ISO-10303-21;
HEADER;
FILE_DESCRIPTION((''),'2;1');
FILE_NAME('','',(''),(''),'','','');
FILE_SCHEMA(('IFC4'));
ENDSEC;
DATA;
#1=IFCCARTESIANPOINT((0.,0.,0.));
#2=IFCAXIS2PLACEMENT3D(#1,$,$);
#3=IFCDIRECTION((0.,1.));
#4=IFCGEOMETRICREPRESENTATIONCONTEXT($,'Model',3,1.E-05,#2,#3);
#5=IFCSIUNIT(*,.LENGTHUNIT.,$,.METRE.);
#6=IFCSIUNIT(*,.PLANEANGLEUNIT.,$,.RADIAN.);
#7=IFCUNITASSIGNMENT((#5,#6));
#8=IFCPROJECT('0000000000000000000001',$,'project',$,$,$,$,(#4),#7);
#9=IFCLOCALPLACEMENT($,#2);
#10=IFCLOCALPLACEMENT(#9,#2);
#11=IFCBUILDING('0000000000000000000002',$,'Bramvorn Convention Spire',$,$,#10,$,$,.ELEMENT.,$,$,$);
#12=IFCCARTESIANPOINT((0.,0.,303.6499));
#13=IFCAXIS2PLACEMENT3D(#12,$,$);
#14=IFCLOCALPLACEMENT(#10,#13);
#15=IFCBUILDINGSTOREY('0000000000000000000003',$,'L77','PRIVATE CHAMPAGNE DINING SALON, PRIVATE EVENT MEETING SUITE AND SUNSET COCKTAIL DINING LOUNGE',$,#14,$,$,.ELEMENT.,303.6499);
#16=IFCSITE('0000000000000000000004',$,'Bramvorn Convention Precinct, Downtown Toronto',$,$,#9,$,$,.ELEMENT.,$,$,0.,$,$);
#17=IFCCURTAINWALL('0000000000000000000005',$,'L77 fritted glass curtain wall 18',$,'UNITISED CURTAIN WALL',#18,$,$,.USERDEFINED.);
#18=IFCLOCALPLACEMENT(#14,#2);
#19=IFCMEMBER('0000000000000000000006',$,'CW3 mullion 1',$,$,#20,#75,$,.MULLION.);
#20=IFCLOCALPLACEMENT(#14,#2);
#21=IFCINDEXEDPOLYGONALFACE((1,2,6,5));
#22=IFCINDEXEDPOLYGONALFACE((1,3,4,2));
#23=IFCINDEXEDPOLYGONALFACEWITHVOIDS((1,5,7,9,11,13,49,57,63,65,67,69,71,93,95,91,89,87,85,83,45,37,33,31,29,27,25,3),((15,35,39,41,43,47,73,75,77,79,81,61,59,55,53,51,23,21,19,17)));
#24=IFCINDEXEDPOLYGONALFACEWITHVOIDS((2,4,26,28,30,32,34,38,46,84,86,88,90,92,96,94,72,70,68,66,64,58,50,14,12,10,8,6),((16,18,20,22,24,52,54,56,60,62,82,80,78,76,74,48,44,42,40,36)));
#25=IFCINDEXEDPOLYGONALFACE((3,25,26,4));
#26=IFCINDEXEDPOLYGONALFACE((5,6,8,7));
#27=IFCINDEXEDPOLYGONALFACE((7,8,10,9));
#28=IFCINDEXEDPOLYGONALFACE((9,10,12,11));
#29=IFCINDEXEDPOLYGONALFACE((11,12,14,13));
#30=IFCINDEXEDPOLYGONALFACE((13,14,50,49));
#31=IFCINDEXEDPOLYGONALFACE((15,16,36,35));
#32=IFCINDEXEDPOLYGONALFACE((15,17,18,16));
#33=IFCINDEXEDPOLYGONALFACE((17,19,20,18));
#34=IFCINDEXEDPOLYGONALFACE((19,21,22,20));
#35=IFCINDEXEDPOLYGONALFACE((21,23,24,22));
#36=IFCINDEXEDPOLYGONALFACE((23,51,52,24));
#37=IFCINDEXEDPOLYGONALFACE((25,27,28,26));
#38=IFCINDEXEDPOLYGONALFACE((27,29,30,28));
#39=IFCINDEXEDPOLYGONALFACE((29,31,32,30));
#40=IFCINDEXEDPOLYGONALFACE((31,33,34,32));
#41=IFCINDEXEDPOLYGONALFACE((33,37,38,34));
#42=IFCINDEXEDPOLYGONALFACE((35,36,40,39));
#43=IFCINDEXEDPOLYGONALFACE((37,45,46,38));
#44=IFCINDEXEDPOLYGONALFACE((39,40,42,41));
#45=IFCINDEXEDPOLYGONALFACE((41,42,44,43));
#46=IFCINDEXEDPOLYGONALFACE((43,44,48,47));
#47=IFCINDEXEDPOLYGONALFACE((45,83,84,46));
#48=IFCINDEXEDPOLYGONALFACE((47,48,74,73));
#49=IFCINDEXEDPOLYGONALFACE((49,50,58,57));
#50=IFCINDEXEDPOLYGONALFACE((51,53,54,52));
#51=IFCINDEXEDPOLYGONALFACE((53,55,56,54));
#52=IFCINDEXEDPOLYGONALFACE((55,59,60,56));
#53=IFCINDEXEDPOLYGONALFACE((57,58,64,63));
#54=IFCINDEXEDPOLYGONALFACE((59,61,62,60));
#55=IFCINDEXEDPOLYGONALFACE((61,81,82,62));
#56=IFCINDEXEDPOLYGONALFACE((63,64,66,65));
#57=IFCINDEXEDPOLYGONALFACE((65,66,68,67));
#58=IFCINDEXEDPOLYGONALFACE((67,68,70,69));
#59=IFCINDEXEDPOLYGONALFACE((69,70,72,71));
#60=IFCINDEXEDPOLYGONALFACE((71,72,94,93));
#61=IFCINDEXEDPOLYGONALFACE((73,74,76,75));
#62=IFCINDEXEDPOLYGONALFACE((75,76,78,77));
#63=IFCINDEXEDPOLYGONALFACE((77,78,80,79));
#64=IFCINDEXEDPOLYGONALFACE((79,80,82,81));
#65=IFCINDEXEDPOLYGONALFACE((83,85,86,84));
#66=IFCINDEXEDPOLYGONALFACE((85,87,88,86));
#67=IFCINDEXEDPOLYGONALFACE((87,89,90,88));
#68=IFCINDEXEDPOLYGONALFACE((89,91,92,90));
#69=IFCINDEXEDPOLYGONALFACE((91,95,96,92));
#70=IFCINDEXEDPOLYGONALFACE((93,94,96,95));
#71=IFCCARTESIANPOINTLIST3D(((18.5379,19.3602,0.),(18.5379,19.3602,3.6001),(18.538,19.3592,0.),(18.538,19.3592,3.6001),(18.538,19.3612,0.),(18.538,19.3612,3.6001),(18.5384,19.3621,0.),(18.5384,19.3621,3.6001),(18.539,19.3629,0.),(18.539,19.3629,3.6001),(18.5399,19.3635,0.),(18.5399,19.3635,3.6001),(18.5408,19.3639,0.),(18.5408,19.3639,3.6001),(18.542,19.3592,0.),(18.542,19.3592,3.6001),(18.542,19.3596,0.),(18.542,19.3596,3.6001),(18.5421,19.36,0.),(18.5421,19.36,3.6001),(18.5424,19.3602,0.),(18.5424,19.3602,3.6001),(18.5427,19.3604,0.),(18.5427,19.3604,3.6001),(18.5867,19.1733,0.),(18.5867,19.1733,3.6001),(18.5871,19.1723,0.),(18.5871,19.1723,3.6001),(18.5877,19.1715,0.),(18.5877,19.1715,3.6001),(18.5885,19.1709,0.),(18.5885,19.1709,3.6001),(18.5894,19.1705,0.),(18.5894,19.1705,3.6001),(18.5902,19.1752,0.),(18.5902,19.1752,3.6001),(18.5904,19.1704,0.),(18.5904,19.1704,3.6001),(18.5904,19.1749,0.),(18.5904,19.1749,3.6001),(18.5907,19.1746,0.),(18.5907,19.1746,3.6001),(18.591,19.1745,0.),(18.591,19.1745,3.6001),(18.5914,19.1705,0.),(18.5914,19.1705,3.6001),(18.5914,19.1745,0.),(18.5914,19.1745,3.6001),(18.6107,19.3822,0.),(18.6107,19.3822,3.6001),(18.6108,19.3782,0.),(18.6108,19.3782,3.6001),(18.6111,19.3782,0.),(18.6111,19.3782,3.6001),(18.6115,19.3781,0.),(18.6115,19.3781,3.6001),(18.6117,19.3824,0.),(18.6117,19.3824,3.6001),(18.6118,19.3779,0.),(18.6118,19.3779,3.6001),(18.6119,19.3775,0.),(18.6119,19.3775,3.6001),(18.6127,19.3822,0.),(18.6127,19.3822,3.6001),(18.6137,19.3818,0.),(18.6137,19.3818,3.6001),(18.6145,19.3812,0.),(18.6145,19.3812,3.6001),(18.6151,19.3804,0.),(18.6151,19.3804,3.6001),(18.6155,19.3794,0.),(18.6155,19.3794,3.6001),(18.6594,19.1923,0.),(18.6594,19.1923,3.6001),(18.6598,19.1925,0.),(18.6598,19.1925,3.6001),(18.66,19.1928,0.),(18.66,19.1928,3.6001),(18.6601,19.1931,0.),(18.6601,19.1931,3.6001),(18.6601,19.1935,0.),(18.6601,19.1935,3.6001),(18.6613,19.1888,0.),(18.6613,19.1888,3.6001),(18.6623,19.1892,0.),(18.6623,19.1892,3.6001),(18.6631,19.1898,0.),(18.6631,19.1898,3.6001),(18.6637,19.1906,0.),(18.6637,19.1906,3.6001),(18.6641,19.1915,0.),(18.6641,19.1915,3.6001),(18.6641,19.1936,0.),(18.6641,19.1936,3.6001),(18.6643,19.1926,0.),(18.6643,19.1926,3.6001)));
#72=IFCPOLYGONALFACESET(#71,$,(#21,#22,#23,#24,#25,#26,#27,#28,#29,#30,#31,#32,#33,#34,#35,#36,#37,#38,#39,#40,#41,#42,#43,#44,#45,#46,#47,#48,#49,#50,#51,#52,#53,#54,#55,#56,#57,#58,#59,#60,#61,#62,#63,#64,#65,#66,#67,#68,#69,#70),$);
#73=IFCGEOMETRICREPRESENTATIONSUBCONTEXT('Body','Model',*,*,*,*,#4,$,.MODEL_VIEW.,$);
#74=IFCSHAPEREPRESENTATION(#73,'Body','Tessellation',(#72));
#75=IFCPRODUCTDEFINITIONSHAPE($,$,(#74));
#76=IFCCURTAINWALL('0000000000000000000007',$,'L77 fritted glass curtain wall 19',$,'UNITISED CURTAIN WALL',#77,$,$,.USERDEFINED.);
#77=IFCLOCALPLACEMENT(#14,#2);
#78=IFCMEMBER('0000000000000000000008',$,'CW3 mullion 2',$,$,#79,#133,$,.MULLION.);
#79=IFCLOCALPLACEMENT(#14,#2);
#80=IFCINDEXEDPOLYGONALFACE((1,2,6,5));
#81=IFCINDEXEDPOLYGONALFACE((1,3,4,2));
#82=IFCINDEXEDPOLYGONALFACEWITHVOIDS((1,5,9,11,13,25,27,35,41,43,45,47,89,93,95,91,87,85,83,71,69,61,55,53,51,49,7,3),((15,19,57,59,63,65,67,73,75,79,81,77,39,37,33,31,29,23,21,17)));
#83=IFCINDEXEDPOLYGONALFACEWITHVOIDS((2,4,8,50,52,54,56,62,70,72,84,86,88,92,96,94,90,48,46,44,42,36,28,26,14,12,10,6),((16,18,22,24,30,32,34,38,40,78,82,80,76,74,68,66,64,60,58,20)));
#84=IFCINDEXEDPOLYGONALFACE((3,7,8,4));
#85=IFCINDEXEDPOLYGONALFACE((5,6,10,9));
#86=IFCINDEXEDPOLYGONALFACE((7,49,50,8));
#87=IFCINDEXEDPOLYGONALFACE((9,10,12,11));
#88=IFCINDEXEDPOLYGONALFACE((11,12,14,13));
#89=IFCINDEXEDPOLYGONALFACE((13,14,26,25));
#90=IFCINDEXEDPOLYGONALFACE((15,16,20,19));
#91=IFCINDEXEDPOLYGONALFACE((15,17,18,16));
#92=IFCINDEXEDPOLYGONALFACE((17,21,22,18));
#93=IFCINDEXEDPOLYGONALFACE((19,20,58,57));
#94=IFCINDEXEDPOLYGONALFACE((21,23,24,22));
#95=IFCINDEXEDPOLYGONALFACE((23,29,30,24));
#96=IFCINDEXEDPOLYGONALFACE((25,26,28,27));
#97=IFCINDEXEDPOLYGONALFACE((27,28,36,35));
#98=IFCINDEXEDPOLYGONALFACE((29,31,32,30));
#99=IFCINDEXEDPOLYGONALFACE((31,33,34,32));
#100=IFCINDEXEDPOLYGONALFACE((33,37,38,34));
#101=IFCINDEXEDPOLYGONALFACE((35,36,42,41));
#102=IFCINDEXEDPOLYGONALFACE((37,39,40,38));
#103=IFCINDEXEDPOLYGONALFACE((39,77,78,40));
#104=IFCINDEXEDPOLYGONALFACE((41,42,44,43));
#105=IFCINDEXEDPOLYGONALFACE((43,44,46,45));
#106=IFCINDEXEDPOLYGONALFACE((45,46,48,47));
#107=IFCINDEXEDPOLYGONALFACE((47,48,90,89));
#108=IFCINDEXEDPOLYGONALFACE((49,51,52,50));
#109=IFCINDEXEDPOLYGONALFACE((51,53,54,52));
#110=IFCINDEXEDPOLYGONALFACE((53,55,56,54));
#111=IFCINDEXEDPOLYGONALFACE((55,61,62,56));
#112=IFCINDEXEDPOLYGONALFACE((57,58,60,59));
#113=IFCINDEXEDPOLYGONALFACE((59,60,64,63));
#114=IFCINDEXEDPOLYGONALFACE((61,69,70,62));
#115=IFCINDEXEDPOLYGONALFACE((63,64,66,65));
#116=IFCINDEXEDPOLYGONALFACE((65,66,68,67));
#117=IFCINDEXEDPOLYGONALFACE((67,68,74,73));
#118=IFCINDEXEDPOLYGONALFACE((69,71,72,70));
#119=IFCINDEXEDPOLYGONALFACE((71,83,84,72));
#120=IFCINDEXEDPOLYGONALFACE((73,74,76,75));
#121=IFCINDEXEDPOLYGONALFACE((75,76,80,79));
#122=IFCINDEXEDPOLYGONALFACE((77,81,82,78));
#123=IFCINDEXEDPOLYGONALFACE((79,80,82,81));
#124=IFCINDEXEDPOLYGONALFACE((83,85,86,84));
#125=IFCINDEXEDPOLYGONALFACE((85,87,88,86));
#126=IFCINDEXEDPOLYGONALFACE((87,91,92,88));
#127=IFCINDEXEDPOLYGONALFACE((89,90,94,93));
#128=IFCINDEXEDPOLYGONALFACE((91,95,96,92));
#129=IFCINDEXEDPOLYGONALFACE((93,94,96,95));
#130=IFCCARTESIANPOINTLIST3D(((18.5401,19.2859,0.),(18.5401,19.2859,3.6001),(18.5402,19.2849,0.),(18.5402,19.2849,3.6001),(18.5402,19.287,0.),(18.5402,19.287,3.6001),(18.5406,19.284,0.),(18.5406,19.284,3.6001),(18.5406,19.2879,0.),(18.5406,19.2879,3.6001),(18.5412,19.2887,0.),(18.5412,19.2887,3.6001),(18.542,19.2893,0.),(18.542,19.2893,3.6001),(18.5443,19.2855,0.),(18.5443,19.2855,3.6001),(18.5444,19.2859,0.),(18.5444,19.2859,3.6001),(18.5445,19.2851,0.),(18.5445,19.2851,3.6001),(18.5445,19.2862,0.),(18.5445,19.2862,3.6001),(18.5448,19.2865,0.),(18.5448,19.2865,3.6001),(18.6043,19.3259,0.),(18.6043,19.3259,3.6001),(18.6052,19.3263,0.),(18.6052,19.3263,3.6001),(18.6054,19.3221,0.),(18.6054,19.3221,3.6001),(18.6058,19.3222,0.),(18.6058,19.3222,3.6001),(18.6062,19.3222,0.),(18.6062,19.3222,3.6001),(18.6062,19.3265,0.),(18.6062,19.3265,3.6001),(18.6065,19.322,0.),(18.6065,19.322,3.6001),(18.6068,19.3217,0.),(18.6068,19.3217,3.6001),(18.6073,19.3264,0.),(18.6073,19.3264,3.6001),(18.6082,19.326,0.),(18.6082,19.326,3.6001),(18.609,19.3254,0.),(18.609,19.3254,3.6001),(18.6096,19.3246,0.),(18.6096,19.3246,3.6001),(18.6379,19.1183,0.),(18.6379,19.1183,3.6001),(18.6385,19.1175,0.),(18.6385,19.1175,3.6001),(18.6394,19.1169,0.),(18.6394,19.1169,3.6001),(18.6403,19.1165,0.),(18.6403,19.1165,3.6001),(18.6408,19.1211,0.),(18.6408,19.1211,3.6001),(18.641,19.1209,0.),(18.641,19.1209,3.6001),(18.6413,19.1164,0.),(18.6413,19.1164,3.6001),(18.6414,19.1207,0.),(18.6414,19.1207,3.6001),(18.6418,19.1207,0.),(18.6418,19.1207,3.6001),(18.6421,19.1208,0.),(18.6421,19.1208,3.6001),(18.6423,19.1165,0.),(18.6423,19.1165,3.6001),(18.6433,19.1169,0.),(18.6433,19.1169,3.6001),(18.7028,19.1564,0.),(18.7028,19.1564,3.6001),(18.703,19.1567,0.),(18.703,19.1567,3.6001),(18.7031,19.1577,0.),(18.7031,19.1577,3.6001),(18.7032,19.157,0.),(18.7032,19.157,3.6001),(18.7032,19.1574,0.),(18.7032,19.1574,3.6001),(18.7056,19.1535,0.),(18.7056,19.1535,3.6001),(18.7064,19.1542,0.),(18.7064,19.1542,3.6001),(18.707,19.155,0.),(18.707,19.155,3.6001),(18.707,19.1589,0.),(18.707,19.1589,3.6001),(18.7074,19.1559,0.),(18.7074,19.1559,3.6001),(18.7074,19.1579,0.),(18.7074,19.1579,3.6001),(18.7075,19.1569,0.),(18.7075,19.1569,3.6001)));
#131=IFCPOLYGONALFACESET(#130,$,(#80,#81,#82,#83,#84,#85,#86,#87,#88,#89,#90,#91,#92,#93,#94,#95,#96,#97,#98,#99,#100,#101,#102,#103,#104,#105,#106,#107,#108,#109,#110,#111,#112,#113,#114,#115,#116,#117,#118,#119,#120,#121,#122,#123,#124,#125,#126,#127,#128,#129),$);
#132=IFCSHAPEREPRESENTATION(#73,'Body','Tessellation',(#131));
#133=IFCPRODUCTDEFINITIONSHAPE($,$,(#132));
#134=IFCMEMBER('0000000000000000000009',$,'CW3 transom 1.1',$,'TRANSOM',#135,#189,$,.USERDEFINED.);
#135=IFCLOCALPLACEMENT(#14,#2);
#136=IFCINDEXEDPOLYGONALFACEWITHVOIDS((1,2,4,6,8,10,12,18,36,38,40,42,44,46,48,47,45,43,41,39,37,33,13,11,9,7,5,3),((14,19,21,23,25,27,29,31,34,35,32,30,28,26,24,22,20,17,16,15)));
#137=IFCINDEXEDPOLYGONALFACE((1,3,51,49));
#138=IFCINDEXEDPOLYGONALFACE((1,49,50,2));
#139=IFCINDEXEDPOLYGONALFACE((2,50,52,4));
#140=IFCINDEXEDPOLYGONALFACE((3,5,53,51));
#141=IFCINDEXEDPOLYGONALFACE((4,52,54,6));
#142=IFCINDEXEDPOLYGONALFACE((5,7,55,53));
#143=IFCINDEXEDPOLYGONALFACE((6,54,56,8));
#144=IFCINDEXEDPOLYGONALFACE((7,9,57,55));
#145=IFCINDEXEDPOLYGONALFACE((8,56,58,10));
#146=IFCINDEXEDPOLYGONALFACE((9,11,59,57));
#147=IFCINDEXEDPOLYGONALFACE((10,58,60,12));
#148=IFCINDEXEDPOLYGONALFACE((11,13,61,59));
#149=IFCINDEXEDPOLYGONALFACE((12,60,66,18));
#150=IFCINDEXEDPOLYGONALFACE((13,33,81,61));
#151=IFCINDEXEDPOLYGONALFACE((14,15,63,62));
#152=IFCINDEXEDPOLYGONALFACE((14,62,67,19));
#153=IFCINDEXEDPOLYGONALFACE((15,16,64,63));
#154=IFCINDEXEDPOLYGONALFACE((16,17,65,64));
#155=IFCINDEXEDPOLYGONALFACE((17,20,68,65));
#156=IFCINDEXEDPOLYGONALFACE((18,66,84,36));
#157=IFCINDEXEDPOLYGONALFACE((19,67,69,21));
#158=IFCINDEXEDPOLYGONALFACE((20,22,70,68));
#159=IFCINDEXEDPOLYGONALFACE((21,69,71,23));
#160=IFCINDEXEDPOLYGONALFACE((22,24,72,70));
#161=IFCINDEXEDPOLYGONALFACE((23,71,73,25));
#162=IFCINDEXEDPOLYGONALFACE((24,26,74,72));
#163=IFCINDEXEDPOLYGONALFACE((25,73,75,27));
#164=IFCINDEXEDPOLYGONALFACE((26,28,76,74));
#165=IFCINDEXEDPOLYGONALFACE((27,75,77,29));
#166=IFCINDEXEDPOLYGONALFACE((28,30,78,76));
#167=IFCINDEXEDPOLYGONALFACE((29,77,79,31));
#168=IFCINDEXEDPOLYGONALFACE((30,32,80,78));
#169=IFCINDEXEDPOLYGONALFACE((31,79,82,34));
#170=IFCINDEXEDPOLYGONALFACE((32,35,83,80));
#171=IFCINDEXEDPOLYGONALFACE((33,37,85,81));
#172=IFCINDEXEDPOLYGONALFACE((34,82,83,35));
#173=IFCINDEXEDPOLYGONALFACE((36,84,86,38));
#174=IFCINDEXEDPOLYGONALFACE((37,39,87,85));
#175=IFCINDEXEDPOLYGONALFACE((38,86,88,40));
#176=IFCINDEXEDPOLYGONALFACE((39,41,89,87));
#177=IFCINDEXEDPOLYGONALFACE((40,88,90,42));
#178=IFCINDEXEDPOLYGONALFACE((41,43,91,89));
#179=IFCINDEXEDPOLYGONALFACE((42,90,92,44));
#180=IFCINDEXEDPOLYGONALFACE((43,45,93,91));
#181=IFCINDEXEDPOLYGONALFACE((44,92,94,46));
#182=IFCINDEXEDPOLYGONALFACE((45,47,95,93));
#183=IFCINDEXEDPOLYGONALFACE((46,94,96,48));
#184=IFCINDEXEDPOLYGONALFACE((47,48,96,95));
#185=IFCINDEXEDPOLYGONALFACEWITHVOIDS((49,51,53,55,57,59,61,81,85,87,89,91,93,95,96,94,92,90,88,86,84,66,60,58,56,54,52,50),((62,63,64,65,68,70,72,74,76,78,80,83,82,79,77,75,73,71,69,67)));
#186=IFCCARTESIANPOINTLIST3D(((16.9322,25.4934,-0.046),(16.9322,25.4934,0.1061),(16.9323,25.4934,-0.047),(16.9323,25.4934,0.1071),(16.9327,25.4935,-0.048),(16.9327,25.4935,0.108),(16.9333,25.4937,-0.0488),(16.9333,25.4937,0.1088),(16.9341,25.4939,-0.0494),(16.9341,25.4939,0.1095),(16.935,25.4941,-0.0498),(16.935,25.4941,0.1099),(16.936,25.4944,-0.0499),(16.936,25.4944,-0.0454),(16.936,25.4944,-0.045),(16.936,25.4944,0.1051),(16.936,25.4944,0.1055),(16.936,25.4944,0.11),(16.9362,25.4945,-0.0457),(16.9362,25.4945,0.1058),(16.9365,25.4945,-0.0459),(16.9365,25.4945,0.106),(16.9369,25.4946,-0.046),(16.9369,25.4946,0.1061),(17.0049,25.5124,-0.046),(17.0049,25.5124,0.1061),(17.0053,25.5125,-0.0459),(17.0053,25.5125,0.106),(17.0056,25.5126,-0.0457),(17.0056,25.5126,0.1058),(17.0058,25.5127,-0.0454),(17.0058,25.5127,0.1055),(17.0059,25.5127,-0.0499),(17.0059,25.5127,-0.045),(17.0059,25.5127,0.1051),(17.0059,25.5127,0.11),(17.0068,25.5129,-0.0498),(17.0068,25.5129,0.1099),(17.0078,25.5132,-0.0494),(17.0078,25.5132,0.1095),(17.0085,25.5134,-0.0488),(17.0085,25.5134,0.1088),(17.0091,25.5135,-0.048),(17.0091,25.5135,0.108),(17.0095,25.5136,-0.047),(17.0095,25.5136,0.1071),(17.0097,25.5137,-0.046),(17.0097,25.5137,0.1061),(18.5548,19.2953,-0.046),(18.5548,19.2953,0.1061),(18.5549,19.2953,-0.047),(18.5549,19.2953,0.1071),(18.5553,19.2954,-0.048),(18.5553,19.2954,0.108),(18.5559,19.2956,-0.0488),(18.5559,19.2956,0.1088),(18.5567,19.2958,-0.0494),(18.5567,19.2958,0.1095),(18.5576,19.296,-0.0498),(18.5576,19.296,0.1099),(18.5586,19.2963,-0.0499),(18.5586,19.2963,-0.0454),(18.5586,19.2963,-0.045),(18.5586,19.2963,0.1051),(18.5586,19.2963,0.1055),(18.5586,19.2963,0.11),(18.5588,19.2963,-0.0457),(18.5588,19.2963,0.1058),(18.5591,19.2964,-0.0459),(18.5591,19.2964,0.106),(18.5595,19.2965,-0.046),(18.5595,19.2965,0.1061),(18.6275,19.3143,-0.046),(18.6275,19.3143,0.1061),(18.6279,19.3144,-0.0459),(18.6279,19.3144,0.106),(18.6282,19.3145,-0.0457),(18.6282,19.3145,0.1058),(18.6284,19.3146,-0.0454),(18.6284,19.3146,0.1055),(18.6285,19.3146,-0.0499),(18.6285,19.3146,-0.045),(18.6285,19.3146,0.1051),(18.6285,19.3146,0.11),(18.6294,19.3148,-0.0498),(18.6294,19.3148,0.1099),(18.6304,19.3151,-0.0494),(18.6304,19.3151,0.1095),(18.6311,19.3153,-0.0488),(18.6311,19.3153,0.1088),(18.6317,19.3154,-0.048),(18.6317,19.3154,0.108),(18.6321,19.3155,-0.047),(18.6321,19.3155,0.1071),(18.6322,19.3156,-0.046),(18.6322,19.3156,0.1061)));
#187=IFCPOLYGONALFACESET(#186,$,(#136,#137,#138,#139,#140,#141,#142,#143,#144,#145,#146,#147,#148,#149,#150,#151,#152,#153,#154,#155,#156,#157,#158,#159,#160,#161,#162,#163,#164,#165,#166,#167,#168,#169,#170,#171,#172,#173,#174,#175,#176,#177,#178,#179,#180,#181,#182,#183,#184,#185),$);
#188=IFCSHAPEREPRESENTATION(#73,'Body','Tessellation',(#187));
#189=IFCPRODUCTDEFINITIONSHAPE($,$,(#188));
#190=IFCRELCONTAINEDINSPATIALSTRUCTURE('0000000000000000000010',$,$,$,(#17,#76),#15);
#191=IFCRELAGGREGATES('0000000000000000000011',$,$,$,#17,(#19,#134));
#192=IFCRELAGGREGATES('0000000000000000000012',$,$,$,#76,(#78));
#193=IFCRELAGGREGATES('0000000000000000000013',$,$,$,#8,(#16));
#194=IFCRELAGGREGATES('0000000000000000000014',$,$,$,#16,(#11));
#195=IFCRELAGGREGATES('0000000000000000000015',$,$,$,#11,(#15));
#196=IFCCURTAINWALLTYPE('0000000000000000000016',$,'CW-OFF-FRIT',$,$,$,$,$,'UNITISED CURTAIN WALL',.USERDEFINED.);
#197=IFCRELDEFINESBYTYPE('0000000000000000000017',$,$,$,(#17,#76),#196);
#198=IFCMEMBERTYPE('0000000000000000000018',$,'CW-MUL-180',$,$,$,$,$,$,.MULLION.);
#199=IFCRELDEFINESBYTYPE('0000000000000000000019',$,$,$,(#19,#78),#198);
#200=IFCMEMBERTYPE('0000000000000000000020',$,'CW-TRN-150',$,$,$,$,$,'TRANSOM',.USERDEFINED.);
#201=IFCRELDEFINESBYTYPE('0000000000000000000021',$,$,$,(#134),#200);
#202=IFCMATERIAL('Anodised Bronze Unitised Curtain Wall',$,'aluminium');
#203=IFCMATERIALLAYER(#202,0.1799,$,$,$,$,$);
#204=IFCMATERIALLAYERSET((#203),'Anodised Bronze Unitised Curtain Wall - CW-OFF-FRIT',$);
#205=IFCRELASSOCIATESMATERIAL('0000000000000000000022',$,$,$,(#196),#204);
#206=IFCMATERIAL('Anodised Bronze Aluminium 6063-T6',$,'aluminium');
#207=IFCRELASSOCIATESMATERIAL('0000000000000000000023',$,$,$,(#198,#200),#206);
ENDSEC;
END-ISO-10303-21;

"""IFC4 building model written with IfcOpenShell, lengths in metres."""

from ifc_helpers import new_model, si_unit, direction, frame, origin, origin_2d, place, context, subcontext, project, spatial, hollow_rectangle, extrude, material, layer, layer_set, material_profile, profile_set, type_object, element, aggregate, save


model = new_model("IFC4")

# Units and contexts
model_context = context("Model", 3, precision=1e-05, world=origin(), true_north=direction((0.0, 1.0)))
body_context = subcontext(model_context, "Body", "Model", "MODEL_VIEW")
ifc_project = project(units=[si_unit("LENGTHUNIT", "METRE"), si_unit("PLANEANGLEUNIT", "RADIAN")], contexts=[model_context])

# Site, building, storey
site_placement = place(None, origin())
site = spatial("IfcSite", under=ifc_project, at=site_placement, Name="Bramvorn Convention Precinct, Downtown Toronto", CompositionType="ELEMENT", RefElevation=0.0)
building_placement = place(site_placement, origin())
building = spatial("IfcBuilding", under=site, at=building_placement, Name="Bramvorn Convention Spire", CompositionType="ELEMENT")
storey_placement = place(building_placement, frame((0.0, 0.0, 303.6499)))
storey = spatial("IfcBuildingStorey", under=building, at=storey_placement, Name="L77", Description="PRIVATE CHAMPAGNE DINING SALON, PRIVATE EVENT MEETING SUITE AND SUNSET COCKTAIL DINING LOUNGE", CompositionType="ELEMENT", Elevation=303.6499)

# Curtain walls, members
ifc_material_1 = material(Name="Anodised Bronze Unitised Curtain Wall", Category="aluminium")
ifc_layer_1 = layer(ifc_material_1, 0.1799)
ifc_layer_set_1 = layer_set([ifc_layer_1], Name="Anodised Bronze Unitised Curtain Wall - CW-OFF-FRIT")
curtain_wall_type = type_object("IfcCurtainWallType", Name="CW-OFF-FRIT", ElementType="UNITISED CURTAIN WALL", PredefinedType="USERDEFINED", material=ifc_layer_set_1)
curtain_wall_1_placement = place(storey_placement, origin())
curtain_wall_1 = element("IfcCurtainWall", 1, at=curtain_wall_1_placement, inside=storey, type_object=curtain_wall_type, Name="L77 fritted glass curtain wall 18", ObjectType="UNITISED CURTAIN WALL", PredefinedType="USERDEFINED")
ifc_material_2 = material(Name="Anodised Bronze Aluminium 6063-T6", Category="aluminium")
ifc_material_profile_1 = material_profile(ifc_material_2, hollow_rectangle(XDim=0.0801, YDim=0.2, WallThickness=0.0039, InnerFilletRadius=0.001, OuterFilletRadius=0.0039, at=origin_2d()))
ifc_profile_set_1 = profile_set([ifc_material_profile_1], Name="Anodised Bronze Aluminium 6063-T6 - CWM80X200")
member_type_1 = type_object("IfcMemberType", Name="CW-MUL-180", PredefinedType="MULLION", material=ifc_profile_set_1)
member_1_placement = place(storey_placement, frame((18.6011, 19.2764, 0.0), z_axis=(0.0, 0.0, 1.0), x_axis=(-0.967407, -0.253228, 0.0)))
member_1 = element("IfcMember", 2, at=member_1_placement, type_object=member_type_1, Name="CW3 mullion 1", PredefinedType="MULLION", context=body_context, shape_type="SweptSolid", body=[
    extrude(hollow_rectangle(XDim=0.0801, YDim=0.2, WallThickness=0.0039, InnerFilletRadius=0.001, OuterFilletRadius=0.0039, at=origin_2d()), origin(), (0.0, 0.0, 1.0), 3.6001),
])
curtain_wall_2_placement = place(storey_placement, origin())
curtain_wall_2 = element("IfcCurtainWall", 3, at=curtain_wall_2_placement, inside=storey, type_object=curtain_wall_type, Name="L77 fritted glass curtain wall 19", ObjectType="UNITISED CURTAIN WALL", PredefinedType="USERDEFINED")
member_2_placement = place(storey_placement, frame((18.6238, 19.2214, 0.0), z_axis=(0.0, 0.0, 1.0), x_axis=(-0.86224, -0.5065, 0.0)))
member_2 = element("IfcMember", 4, at=member_2_placement, type_object=member_type_1, Name="CW3 mullion 2", PredefinedType="MULLION", context=body_context, shape_type="SweptSolid", body=[
    extrude(hollow_rectangle(XDim=0.0801, YDim=0.2, WallThickness=0.0039, InnerFilletRadius=0.001, OuterFilletRadius=0.0039, at=origin_2d()), origin(), (0.0, 0.0, 1.0), 3.6001),
])

# Member
ifc_material_profile_2 = material_profile(ifc_material_2, hollow_rectangle(XDim=0.0801, YDim=0.1599, WallThickness=0.0039, InnerFilletRadius=0.001, OuterFilletRadius=0.0039, at=origin_2d()))
ifc_profile_set_2 = profile_set([ifc_material_profile_2], Name="Anodised Bronze Aluminium 6063-T6 - CWT80X160")
member_type_2 = type_object("IfcMemberType", Name="CW-TRN-150", ElementType="TRANSOM", PredefinedType="USERDEFINED", material=ifc_profile_set_2)
member_3_placement = place(storey_placement, frame((18.5935, 19.3054, 0.03), z_axis=(-0.253253, 0.9674, 0.0), x_axis=(-0.9674, -0.253253, 0.0)))
member_3 = element("IfcMember", 5, at=member_3_placement, type_object=member_type_2, Name="CW3 transom 1.1", ObjectType="TRANSOM", PredefinedType="USERDEFINED", context=body_context, shape_type="SweptSolid", body=[
    extrude(hollow_rectangle(XDim=0.0801, YDim=0.1599, WallThickness=0.0039, InnerFilletRadius=0.001, OuterFilletRadius=0.0039, at=origin_2d()), origin(), (0.0, 0.0, 1.0), 6.407),
])

aggregate(curtain_wall_1, [member_1, member_3])
aggregate(curtain_wall_2, [member_2])

save(model, "model.ifc")
